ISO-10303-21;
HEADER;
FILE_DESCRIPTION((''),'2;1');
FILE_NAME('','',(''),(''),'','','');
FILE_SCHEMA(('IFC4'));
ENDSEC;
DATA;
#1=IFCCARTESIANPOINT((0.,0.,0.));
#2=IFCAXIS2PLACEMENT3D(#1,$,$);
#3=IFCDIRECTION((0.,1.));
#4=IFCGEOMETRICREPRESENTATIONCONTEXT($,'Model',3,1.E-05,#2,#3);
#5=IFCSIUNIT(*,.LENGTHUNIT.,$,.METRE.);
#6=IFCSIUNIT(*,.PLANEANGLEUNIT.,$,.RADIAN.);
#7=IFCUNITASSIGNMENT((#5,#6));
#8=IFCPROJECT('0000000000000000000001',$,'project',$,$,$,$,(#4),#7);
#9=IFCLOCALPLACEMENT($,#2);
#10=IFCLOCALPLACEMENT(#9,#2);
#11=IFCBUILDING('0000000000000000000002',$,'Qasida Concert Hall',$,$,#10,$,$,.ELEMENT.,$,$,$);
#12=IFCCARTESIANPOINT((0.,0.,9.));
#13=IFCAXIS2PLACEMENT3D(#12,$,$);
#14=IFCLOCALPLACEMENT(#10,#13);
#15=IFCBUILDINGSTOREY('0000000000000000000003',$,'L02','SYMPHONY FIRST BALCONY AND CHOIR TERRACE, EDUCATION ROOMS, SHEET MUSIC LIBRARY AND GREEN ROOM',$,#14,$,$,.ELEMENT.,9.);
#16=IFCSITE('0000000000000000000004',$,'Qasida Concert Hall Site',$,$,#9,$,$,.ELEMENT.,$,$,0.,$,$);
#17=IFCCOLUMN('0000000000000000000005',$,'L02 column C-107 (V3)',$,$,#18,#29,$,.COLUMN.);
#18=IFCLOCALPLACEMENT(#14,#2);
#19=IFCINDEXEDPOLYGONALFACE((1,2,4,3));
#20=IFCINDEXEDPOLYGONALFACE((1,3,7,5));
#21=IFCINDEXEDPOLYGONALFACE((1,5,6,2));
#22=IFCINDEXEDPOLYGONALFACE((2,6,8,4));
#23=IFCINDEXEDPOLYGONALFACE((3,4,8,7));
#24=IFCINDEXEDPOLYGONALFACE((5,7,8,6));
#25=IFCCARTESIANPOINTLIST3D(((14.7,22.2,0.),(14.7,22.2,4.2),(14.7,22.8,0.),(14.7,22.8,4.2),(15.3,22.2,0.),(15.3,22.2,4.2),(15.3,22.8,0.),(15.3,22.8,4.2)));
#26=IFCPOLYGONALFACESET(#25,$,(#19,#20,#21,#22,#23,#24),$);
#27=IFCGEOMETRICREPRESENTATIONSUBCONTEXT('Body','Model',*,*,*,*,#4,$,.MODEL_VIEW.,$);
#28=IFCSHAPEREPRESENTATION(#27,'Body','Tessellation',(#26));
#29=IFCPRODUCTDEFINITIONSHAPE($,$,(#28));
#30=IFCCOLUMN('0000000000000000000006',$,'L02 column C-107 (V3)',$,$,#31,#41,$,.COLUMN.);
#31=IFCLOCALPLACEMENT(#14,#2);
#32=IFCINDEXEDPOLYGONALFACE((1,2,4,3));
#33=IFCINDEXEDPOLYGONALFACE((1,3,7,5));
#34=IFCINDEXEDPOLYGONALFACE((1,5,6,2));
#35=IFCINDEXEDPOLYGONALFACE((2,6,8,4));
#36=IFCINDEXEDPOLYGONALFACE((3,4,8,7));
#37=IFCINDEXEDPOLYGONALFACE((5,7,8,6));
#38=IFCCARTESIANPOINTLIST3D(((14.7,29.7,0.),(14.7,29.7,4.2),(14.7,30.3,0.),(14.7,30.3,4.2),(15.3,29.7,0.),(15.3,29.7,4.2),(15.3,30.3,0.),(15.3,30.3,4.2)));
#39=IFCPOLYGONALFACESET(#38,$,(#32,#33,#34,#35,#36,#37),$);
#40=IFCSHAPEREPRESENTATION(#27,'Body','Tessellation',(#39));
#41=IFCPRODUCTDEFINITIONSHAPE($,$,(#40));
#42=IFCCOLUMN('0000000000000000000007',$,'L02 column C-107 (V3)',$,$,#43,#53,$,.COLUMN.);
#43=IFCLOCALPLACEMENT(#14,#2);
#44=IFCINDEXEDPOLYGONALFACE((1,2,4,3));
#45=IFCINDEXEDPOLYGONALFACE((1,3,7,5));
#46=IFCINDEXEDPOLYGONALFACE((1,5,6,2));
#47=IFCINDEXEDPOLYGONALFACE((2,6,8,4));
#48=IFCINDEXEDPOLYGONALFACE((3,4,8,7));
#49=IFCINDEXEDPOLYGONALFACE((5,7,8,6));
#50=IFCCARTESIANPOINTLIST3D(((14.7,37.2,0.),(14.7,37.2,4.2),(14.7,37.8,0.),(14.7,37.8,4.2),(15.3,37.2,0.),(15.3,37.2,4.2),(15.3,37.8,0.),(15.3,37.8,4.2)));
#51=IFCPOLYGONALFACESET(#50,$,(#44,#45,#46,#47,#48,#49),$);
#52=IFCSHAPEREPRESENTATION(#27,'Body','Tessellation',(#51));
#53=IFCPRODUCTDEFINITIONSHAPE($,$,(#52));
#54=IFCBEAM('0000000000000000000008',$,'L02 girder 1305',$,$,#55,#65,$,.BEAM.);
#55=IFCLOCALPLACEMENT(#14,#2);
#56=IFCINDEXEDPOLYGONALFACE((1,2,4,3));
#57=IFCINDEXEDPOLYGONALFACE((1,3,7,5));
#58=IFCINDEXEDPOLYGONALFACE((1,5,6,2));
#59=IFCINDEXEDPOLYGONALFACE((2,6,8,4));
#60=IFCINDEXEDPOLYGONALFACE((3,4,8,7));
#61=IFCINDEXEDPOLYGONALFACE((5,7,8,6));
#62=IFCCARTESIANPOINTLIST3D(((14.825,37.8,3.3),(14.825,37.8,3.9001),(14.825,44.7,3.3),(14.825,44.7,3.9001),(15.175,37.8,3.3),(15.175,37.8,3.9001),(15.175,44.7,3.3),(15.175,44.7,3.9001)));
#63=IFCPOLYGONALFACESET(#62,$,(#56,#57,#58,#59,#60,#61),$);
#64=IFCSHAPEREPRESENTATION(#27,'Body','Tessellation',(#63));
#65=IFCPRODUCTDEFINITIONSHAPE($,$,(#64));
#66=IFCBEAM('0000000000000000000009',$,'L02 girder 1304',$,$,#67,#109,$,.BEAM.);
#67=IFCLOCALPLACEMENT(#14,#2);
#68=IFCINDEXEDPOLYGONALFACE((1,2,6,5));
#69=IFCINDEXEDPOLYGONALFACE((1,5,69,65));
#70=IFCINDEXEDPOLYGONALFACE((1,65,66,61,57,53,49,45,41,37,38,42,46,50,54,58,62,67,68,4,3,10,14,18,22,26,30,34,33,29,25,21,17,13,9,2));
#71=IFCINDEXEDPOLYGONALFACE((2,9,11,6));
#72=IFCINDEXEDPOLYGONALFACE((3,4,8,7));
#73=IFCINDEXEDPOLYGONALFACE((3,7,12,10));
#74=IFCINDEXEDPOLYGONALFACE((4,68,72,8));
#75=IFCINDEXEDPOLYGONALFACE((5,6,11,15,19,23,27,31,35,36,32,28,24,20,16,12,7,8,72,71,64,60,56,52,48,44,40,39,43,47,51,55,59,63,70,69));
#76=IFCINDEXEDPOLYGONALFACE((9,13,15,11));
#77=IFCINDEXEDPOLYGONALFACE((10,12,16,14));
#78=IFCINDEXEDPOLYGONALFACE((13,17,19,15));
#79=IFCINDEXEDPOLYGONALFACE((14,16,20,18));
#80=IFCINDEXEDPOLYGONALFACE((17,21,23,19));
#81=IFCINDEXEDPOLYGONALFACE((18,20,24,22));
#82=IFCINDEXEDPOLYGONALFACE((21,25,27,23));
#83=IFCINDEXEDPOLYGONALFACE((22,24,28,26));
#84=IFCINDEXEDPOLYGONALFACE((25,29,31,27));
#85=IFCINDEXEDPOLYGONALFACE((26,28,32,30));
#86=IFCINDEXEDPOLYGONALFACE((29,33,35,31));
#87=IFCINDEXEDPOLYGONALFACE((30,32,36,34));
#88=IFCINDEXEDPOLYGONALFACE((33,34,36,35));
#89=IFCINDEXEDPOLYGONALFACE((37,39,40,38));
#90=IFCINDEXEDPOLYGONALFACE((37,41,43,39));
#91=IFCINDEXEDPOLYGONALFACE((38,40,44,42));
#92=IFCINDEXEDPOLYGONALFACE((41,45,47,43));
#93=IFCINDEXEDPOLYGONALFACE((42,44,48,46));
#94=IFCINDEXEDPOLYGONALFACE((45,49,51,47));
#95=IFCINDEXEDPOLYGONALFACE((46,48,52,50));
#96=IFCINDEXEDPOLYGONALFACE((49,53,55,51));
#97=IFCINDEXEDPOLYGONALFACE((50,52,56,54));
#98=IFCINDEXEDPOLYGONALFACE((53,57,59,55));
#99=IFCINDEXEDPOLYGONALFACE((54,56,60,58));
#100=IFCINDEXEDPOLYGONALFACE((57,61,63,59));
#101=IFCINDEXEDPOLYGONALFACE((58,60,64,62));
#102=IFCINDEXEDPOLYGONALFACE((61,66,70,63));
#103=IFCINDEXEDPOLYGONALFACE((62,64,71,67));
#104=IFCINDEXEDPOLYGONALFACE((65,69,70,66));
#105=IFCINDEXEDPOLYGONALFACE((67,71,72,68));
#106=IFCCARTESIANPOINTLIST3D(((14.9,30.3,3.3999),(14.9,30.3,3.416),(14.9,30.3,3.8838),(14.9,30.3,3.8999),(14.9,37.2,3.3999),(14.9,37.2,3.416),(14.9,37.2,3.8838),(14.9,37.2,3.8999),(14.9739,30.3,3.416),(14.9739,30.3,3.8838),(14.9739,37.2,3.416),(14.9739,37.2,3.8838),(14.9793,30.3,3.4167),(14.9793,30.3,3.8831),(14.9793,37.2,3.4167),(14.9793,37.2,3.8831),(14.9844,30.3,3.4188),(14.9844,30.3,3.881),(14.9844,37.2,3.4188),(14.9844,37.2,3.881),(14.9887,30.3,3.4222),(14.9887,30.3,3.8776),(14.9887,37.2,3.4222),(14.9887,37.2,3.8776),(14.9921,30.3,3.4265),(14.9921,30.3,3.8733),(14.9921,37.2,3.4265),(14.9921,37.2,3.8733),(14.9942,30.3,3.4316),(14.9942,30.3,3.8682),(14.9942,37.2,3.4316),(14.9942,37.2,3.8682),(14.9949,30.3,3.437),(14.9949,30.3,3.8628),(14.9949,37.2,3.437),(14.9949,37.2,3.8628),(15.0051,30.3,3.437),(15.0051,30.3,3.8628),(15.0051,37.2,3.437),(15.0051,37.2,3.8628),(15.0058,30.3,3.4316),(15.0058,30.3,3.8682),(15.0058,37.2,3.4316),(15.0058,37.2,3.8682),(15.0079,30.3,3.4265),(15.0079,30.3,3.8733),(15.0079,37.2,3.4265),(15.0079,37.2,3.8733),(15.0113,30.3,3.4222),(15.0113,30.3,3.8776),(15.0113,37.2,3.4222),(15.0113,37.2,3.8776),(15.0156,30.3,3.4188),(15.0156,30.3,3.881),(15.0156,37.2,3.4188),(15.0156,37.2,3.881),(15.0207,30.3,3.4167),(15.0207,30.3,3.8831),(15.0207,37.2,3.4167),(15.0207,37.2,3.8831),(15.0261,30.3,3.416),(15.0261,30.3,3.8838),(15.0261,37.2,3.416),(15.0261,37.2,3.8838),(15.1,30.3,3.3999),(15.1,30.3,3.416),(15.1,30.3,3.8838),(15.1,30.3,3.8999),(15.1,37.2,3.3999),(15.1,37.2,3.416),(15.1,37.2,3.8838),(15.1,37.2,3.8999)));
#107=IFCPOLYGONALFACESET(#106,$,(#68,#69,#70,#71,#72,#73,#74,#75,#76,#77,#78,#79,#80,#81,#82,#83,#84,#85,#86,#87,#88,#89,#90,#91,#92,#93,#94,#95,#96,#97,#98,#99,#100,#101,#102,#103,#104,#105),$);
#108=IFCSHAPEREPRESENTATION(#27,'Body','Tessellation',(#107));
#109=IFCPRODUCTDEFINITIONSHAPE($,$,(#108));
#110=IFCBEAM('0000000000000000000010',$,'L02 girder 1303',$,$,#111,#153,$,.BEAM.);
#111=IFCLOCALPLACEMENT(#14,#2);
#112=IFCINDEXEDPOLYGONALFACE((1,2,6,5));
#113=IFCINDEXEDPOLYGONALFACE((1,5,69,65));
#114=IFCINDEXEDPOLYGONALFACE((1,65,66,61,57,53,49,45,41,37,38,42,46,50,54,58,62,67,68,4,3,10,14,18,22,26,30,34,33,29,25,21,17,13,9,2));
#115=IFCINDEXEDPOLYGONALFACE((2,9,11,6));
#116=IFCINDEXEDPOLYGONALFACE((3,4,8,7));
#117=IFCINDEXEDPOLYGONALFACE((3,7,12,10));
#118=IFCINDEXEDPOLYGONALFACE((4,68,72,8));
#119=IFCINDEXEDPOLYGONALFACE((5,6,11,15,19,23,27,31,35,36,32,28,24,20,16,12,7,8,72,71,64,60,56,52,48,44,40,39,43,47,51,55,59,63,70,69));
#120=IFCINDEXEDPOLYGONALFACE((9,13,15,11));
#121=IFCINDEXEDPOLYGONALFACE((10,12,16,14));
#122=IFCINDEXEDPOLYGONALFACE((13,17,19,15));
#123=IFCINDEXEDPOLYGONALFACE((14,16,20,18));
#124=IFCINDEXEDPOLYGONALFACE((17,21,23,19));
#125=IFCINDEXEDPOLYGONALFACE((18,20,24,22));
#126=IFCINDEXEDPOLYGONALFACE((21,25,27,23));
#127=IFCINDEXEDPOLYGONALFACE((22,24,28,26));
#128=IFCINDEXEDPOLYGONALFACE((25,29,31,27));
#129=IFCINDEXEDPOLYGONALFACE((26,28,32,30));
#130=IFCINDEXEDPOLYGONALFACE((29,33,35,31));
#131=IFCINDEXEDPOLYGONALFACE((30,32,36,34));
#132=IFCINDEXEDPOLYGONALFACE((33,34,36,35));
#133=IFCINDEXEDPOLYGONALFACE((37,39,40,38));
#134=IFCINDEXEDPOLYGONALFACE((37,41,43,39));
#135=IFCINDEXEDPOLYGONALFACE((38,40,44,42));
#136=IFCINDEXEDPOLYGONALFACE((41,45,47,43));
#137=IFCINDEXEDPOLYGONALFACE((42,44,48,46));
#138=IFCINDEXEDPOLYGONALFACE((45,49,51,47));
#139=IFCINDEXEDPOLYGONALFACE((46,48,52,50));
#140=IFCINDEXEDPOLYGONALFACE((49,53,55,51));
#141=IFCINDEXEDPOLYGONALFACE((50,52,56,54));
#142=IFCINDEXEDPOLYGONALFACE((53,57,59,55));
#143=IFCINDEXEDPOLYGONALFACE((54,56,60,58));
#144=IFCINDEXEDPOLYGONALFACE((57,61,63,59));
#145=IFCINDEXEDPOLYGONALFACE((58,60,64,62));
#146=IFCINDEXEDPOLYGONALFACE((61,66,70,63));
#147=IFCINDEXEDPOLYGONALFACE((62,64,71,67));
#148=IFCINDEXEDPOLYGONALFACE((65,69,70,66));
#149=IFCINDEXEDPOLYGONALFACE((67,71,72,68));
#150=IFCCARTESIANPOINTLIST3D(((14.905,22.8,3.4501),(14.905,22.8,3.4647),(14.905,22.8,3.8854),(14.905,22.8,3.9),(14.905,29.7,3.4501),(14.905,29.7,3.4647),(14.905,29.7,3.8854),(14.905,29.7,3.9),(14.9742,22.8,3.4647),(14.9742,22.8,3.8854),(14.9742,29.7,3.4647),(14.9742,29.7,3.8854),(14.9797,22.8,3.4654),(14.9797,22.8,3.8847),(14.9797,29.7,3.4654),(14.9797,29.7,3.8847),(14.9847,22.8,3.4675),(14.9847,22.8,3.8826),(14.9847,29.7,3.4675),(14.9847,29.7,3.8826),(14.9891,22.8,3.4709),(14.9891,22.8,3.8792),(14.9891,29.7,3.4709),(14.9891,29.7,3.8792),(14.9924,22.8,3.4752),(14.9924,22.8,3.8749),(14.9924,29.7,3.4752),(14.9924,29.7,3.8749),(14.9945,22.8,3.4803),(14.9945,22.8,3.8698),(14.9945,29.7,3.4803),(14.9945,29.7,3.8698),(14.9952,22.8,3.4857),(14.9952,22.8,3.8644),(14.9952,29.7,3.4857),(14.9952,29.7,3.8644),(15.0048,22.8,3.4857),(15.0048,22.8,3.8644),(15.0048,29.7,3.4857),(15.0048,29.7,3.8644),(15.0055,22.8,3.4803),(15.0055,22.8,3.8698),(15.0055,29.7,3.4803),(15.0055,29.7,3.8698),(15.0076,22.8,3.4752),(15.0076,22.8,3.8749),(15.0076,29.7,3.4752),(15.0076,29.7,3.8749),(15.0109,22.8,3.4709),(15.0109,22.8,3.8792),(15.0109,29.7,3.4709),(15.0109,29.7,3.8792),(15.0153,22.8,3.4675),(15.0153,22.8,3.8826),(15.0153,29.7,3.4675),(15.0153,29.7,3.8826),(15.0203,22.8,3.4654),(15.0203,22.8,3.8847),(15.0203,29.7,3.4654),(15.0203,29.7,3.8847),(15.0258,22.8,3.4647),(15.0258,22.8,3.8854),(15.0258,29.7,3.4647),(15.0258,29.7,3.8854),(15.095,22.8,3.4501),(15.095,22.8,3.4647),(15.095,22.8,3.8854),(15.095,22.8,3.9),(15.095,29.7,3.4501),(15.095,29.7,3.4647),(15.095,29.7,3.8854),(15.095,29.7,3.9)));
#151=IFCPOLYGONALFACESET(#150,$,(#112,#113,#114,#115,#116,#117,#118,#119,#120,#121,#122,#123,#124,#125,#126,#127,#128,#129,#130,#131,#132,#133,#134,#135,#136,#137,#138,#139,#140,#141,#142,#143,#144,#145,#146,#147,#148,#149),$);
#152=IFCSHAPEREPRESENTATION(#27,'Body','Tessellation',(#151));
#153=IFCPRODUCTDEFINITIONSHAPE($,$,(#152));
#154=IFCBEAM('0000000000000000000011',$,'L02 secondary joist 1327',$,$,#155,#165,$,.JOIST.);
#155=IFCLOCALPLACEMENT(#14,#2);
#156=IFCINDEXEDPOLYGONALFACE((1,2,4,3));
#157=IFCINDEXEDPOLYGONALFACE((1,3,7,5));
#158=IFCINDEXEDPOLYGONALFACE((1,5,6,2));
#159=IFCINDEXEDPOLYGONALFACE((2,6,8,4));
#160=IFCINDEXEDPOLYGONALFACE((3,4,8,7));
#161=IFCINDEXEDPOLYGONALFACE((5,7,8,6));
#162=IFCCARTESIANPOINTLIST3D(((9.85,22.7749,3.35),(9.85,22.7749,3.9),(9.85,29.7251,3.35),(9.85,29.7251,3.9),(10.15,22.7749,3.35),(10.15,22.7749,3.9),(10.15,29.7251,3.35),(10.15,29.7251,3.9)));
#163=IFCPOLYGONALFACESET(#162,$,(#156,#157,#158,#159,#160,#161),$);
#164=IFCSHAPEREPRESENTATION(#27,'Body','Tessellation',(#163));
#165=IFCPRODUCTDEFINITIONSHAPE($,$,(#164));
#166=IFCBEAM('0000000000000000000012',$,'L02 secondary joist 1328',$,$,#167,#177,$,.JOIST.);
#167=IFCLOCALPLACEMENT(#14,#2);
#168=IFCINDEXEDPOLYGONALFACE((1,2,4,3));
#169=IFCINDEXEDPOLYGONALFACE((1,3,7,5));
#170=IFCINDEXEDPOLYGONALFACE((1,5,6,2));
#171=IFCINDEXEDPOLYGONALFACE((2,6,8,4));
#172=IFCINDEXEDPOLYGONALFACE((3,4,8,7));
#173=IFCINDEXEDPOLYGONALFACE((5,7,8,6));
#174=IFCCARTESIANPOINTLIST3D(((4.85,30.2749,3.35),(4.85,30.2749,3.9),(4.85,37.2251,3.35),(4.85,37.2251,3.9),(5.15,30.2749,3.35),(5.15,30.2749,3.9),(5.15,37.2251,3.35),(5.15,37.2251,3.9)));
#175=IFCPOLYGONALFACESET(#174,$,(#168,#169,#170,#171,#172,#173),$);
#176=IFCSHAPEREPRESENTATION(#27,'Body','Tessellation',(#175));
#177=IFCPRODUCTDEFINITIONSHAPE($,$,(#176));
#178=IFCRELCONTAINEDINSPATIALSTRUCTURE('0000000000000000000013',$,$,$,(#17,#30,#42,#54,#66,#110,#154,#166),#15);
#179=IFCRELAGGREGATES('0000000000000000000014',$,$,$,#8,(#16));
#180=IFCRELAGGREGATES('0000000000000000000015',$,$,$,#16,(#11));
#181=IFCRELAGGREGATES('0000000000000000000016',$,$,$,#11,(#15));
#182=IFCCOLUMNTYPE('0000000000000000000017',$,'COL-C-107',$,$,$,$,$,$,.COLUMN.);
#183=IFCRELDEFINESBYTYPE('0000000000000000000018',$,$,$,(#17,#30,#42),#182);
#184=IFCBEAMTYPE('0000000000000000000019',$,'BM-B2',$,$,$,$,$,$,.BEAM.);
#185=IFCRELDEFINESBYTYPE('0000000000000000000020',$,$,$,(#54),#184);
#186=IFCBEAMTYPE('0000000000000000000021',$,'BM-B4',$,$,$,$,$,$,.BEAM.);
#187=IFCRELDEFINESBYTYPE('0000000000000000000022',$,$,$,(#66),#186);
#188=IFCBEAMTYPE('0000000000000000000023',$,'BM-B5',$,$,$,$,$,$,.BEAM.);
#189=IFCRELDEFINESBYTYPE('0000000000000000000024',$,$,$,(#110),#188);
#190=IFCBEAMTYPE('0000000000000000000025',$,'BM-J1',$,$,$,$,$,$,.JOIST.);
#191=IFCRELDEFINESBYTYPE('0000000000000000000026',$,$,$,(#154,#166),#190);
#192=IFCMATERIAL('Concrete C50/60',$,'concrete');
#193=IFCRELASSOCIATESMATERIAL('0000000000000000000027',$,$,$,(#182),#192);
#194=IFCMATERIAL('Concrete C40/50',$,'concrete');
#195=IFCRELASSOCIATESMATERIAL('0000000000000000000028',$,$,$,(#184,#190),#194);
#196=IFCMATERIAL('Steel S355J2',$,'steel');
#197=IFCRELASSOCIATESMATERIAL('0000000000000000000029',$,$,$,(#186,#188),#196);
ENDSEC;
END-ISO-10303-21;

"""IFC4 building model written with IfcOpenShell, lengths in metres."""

from ifc_helpers import new_model, si_unit, direction, frame, origin, origin_2d, place, context, subcontext, project, spatial, rectangle, i_section, extrude, material, material_profile, profile_set, type_object, element, save


model = new_model("IFC4")

# Units and contexts
model_context = context("Model", 3, precision=1e-05, world=origin(), true_north=direction((0.0, 1.0)))
body_context = subcontext(model_context, "Body", "Model", "MODEL_VIEW")
ifc_project = project(units=[si_unit("LENGTHUNIT", "METRE"), si_unit("PLANEANGLEUNIT", "RADIAN")], contexts=[model_context])

# Site, building, storey
site_placement = place(None, origin())
site = spatial("IfcSite", under=ifc_project, at=site_placement, Name="Qasida Concert Hall Site", CompositionType="ELEMENT", RefElevation=0.0)
building_placement = place(site_placement, origin())
building = spatial("IfcBuilding", under=site, at=building_placement, Name="Qasida Concert Hall", CompositionType="ELEMENT")
storey_placement = place(building_placement, frame((0.0, 0.0, 9.0)))
storey = spatial("IfcBuildingStorey", under=building, at=storey_placement, Name="L02", Description="SYMPHONY FIRST BALCONY AND CHOIR TERRACE, EDUCATION ROOMS, SHEET MUSIC LIBRARY AND GREEN ROOM", CompositionType="ELEMENT", Elevation=9.0)

# Columns
ifc_material_1 = material(Name="Concrete C50/60", Category="concrete")
ifc_material_profile_1 = material_profile(ifc_material_1, rectangle(XDim=0.6001, YDim=0.6001, at=origin_2d()), Name="RC 600x600")
ifc_profile_set_1 = profile_set([ifc_material_profile_1], Name="Concrete C50/60")
column_type = type_object("IfcColumnType", Name="COL-C-107", PredefinedType="COLUMN", material=ifc_profile_set_1)
for number, where, z_axis, x_axis, name in (
    (1, (15.0, 22.5, 0.0), (0.0, 0.0, 1.0), (1.0, 0.0, 0.0), "L02 column C-107 (V3)"),
    (2, (15.0, 30.0, 0.0), (0.0, 0.0, 1.0), (1.0, 0.0, 0.0), "L02 column C-107 (V3)"),
    (3, (15.0, 37.5, 0.0), (0.0, 0.0, 1.0), (1.0, 0.0, 0.0), "L02 column C-107 (V3)"),
):
    element("IfcColumn", number, at=place(storey_placement, frame(where, z_axis=z_axis, x_axis=x_axis)), inside=storey, type_object=column_type, Name=name, PredefinedType="COLUMN", context=body_context, shape_type="SweptSolid", body=[
        extrude(rectangle(XDim=0.6001, YDim=0.6001, at=origin_2d()), origin(), (0.0, 0.0, 1.0), 4.2),
    ])

# Beams
ifc_material_2 = material(Name="Concrete C40/50", Category="concrete")
ifc_material_profile_2 = material_profile(ifc_material_2, rectangle(XDim=0.3501, YDim=0.6001, at=origin_2d()), Name="RC 350x600")
ifc_profile_set_2 = profile_set([ifc_material_profile_2], Name="Concrete C40/50")
beam_type_1 = type_object("IfcBeamType", Name="BM-B2", PredefinedType="BEAM", material=ifc_profile_set_2)
beam_1_placement = place(storey_placement, frame((15.0, 37.8, 3.6001), z_axis=(0.0, 1.0, 0.0), x_axis=(-1.0, 0.0, 0.0)))
element("IfcBeam", 4, at=beam_1_placement, inside=storey, type_object=beam_type_1, Name="L02 girder 1305", PredefinedType="BEAM", context=body_context, shape_type="SweptSolid", body=[
    extrude(rectangle(XDim=0.3501, YDim=0.6001, at=origin_2d()), origin(), (0.0, 0.0, 1.0), 6.8999),
])
ifc_material_3 = material(Name="Steel S355J2", Category="steel")
ifc_material_profile_3 = material_profile(ifc_material_3, i_section(OverallWidth=0.2, OverallDepth=0.5, WebThickness=0.0103, FlangeThickness=0.0161, FilletRadius=0.021, at=origin_2d()), Name="IPE 500")
ifc_profile_set_3 = profile_set([ifc_material_profile_3], Name="Steel S355J2")
beam_type_2 = type_object("IfcBeamType", Name="BM-B4", PredefinedType="BEAM", material=ifc_profile_set_3)
beam_2_placement = place(storey_placement, frame((15.0, 30.3, 3.6499), z_axis=(0.0, 1.0, 0.0), x_axis=(-1.0, 0.0, 0.0)))
element("IfcBeam", 5, at=beam_2_placement, inside=storey, type_object=beam_type_2, Name="L02 girder 1304", PredefinedType="BEAM", context=body_context, shape_type="SweptSolid", body=[
    extrude(i_section(OverallWidth=0.2, OverallDepth=0.5, WebThickness=0.0103, FlangeThickness=0.0161, FilletRadius=0.021, at=origin_2d()), origin(), (0.0, 0.0, 1.0), 6.8999),
])
ifc_material_profile_4 = material_profile(ifc_material_3, i_section(OverallWidth=0.1899, OverallDepth=0.45, WebThickness=0.0095, FlangeThickness=0.0146, FilletRadius=0.021, at=origin_2d()), Name="IPE 450")
ifc_profile_set_4 = profile_set([ifc_material_profile_4], Name="Steel S355J2")
beam_type_3 = type_object("IfcBeamType", Name="BM-B5", PredefinedType="BEAM", material=ifc_profile_set_4)
beam_3_placement = place(storey_placement, frame((15.0, 22.8, 3.675), z_axis=(0.0, 1.0, 0.0), x_axis=(-1.0, 0.0, 0.0)))
element("IfcBeam", 6, at=beam_3_placement, inside=storey, type_object=beam_type_3, Name="L02 girder 1303", PredefinedType="BEAM", context=body_context, shape_type="SweptSolid", body=[
    extrude(i_section(OverallWidth=0.1899, OverallDepth=0.45, WebThickness=0.0095, FlangeThickness=0.0146, FilletRadius=0.021, at=origin_2d()), origin(), (0.0, 0.0, 1.0), 6.8999),
])
ifc_material_profile_5 = material_profile(ifc_material_2, rectangle(XDim=0.3, YDim=0.55, at=origin_2d()), Name="RC 300x550")
ifc_profile_set_5 = profile_set([ifc_material_profile_5], Name="Concrete C40/50")
beam_type_4 = type_object("IfcBeamType", Name="BM-J1", PredefinedType="JOIST", material=ifc_profile_set_5)
for number, where, z_axis, x_axis, name in (
    (7, (10.0, 22.7749, 3.625), (0.0, 1.0, 0.0), (-1.0, 0.0, 0.0), "L02 secondary joist 1327"),
    (8, (5.0, 30.2749, 3.625), (0.0, 1.0, 0.0), (-1.0, 0.0, 0.0), "L02 secondary joist 1328"),
):
    element("IfcBeam", number, at=place(storey_placement, frame(where, z_axis=z_axis, x_axis=x_axis)), inside=storey, type_object=beam_type_4, Name=name, PredefinedType="JOIST", context=body_context, shape_type="SweptSolid", body=[
        extrude(rectangle(XDim=0.3, YDim=0.55, at=origin_2d()), origin(), (0.0, 0.0, 1.0), 6.9502),
    ])

save(model, "model.ifc")
